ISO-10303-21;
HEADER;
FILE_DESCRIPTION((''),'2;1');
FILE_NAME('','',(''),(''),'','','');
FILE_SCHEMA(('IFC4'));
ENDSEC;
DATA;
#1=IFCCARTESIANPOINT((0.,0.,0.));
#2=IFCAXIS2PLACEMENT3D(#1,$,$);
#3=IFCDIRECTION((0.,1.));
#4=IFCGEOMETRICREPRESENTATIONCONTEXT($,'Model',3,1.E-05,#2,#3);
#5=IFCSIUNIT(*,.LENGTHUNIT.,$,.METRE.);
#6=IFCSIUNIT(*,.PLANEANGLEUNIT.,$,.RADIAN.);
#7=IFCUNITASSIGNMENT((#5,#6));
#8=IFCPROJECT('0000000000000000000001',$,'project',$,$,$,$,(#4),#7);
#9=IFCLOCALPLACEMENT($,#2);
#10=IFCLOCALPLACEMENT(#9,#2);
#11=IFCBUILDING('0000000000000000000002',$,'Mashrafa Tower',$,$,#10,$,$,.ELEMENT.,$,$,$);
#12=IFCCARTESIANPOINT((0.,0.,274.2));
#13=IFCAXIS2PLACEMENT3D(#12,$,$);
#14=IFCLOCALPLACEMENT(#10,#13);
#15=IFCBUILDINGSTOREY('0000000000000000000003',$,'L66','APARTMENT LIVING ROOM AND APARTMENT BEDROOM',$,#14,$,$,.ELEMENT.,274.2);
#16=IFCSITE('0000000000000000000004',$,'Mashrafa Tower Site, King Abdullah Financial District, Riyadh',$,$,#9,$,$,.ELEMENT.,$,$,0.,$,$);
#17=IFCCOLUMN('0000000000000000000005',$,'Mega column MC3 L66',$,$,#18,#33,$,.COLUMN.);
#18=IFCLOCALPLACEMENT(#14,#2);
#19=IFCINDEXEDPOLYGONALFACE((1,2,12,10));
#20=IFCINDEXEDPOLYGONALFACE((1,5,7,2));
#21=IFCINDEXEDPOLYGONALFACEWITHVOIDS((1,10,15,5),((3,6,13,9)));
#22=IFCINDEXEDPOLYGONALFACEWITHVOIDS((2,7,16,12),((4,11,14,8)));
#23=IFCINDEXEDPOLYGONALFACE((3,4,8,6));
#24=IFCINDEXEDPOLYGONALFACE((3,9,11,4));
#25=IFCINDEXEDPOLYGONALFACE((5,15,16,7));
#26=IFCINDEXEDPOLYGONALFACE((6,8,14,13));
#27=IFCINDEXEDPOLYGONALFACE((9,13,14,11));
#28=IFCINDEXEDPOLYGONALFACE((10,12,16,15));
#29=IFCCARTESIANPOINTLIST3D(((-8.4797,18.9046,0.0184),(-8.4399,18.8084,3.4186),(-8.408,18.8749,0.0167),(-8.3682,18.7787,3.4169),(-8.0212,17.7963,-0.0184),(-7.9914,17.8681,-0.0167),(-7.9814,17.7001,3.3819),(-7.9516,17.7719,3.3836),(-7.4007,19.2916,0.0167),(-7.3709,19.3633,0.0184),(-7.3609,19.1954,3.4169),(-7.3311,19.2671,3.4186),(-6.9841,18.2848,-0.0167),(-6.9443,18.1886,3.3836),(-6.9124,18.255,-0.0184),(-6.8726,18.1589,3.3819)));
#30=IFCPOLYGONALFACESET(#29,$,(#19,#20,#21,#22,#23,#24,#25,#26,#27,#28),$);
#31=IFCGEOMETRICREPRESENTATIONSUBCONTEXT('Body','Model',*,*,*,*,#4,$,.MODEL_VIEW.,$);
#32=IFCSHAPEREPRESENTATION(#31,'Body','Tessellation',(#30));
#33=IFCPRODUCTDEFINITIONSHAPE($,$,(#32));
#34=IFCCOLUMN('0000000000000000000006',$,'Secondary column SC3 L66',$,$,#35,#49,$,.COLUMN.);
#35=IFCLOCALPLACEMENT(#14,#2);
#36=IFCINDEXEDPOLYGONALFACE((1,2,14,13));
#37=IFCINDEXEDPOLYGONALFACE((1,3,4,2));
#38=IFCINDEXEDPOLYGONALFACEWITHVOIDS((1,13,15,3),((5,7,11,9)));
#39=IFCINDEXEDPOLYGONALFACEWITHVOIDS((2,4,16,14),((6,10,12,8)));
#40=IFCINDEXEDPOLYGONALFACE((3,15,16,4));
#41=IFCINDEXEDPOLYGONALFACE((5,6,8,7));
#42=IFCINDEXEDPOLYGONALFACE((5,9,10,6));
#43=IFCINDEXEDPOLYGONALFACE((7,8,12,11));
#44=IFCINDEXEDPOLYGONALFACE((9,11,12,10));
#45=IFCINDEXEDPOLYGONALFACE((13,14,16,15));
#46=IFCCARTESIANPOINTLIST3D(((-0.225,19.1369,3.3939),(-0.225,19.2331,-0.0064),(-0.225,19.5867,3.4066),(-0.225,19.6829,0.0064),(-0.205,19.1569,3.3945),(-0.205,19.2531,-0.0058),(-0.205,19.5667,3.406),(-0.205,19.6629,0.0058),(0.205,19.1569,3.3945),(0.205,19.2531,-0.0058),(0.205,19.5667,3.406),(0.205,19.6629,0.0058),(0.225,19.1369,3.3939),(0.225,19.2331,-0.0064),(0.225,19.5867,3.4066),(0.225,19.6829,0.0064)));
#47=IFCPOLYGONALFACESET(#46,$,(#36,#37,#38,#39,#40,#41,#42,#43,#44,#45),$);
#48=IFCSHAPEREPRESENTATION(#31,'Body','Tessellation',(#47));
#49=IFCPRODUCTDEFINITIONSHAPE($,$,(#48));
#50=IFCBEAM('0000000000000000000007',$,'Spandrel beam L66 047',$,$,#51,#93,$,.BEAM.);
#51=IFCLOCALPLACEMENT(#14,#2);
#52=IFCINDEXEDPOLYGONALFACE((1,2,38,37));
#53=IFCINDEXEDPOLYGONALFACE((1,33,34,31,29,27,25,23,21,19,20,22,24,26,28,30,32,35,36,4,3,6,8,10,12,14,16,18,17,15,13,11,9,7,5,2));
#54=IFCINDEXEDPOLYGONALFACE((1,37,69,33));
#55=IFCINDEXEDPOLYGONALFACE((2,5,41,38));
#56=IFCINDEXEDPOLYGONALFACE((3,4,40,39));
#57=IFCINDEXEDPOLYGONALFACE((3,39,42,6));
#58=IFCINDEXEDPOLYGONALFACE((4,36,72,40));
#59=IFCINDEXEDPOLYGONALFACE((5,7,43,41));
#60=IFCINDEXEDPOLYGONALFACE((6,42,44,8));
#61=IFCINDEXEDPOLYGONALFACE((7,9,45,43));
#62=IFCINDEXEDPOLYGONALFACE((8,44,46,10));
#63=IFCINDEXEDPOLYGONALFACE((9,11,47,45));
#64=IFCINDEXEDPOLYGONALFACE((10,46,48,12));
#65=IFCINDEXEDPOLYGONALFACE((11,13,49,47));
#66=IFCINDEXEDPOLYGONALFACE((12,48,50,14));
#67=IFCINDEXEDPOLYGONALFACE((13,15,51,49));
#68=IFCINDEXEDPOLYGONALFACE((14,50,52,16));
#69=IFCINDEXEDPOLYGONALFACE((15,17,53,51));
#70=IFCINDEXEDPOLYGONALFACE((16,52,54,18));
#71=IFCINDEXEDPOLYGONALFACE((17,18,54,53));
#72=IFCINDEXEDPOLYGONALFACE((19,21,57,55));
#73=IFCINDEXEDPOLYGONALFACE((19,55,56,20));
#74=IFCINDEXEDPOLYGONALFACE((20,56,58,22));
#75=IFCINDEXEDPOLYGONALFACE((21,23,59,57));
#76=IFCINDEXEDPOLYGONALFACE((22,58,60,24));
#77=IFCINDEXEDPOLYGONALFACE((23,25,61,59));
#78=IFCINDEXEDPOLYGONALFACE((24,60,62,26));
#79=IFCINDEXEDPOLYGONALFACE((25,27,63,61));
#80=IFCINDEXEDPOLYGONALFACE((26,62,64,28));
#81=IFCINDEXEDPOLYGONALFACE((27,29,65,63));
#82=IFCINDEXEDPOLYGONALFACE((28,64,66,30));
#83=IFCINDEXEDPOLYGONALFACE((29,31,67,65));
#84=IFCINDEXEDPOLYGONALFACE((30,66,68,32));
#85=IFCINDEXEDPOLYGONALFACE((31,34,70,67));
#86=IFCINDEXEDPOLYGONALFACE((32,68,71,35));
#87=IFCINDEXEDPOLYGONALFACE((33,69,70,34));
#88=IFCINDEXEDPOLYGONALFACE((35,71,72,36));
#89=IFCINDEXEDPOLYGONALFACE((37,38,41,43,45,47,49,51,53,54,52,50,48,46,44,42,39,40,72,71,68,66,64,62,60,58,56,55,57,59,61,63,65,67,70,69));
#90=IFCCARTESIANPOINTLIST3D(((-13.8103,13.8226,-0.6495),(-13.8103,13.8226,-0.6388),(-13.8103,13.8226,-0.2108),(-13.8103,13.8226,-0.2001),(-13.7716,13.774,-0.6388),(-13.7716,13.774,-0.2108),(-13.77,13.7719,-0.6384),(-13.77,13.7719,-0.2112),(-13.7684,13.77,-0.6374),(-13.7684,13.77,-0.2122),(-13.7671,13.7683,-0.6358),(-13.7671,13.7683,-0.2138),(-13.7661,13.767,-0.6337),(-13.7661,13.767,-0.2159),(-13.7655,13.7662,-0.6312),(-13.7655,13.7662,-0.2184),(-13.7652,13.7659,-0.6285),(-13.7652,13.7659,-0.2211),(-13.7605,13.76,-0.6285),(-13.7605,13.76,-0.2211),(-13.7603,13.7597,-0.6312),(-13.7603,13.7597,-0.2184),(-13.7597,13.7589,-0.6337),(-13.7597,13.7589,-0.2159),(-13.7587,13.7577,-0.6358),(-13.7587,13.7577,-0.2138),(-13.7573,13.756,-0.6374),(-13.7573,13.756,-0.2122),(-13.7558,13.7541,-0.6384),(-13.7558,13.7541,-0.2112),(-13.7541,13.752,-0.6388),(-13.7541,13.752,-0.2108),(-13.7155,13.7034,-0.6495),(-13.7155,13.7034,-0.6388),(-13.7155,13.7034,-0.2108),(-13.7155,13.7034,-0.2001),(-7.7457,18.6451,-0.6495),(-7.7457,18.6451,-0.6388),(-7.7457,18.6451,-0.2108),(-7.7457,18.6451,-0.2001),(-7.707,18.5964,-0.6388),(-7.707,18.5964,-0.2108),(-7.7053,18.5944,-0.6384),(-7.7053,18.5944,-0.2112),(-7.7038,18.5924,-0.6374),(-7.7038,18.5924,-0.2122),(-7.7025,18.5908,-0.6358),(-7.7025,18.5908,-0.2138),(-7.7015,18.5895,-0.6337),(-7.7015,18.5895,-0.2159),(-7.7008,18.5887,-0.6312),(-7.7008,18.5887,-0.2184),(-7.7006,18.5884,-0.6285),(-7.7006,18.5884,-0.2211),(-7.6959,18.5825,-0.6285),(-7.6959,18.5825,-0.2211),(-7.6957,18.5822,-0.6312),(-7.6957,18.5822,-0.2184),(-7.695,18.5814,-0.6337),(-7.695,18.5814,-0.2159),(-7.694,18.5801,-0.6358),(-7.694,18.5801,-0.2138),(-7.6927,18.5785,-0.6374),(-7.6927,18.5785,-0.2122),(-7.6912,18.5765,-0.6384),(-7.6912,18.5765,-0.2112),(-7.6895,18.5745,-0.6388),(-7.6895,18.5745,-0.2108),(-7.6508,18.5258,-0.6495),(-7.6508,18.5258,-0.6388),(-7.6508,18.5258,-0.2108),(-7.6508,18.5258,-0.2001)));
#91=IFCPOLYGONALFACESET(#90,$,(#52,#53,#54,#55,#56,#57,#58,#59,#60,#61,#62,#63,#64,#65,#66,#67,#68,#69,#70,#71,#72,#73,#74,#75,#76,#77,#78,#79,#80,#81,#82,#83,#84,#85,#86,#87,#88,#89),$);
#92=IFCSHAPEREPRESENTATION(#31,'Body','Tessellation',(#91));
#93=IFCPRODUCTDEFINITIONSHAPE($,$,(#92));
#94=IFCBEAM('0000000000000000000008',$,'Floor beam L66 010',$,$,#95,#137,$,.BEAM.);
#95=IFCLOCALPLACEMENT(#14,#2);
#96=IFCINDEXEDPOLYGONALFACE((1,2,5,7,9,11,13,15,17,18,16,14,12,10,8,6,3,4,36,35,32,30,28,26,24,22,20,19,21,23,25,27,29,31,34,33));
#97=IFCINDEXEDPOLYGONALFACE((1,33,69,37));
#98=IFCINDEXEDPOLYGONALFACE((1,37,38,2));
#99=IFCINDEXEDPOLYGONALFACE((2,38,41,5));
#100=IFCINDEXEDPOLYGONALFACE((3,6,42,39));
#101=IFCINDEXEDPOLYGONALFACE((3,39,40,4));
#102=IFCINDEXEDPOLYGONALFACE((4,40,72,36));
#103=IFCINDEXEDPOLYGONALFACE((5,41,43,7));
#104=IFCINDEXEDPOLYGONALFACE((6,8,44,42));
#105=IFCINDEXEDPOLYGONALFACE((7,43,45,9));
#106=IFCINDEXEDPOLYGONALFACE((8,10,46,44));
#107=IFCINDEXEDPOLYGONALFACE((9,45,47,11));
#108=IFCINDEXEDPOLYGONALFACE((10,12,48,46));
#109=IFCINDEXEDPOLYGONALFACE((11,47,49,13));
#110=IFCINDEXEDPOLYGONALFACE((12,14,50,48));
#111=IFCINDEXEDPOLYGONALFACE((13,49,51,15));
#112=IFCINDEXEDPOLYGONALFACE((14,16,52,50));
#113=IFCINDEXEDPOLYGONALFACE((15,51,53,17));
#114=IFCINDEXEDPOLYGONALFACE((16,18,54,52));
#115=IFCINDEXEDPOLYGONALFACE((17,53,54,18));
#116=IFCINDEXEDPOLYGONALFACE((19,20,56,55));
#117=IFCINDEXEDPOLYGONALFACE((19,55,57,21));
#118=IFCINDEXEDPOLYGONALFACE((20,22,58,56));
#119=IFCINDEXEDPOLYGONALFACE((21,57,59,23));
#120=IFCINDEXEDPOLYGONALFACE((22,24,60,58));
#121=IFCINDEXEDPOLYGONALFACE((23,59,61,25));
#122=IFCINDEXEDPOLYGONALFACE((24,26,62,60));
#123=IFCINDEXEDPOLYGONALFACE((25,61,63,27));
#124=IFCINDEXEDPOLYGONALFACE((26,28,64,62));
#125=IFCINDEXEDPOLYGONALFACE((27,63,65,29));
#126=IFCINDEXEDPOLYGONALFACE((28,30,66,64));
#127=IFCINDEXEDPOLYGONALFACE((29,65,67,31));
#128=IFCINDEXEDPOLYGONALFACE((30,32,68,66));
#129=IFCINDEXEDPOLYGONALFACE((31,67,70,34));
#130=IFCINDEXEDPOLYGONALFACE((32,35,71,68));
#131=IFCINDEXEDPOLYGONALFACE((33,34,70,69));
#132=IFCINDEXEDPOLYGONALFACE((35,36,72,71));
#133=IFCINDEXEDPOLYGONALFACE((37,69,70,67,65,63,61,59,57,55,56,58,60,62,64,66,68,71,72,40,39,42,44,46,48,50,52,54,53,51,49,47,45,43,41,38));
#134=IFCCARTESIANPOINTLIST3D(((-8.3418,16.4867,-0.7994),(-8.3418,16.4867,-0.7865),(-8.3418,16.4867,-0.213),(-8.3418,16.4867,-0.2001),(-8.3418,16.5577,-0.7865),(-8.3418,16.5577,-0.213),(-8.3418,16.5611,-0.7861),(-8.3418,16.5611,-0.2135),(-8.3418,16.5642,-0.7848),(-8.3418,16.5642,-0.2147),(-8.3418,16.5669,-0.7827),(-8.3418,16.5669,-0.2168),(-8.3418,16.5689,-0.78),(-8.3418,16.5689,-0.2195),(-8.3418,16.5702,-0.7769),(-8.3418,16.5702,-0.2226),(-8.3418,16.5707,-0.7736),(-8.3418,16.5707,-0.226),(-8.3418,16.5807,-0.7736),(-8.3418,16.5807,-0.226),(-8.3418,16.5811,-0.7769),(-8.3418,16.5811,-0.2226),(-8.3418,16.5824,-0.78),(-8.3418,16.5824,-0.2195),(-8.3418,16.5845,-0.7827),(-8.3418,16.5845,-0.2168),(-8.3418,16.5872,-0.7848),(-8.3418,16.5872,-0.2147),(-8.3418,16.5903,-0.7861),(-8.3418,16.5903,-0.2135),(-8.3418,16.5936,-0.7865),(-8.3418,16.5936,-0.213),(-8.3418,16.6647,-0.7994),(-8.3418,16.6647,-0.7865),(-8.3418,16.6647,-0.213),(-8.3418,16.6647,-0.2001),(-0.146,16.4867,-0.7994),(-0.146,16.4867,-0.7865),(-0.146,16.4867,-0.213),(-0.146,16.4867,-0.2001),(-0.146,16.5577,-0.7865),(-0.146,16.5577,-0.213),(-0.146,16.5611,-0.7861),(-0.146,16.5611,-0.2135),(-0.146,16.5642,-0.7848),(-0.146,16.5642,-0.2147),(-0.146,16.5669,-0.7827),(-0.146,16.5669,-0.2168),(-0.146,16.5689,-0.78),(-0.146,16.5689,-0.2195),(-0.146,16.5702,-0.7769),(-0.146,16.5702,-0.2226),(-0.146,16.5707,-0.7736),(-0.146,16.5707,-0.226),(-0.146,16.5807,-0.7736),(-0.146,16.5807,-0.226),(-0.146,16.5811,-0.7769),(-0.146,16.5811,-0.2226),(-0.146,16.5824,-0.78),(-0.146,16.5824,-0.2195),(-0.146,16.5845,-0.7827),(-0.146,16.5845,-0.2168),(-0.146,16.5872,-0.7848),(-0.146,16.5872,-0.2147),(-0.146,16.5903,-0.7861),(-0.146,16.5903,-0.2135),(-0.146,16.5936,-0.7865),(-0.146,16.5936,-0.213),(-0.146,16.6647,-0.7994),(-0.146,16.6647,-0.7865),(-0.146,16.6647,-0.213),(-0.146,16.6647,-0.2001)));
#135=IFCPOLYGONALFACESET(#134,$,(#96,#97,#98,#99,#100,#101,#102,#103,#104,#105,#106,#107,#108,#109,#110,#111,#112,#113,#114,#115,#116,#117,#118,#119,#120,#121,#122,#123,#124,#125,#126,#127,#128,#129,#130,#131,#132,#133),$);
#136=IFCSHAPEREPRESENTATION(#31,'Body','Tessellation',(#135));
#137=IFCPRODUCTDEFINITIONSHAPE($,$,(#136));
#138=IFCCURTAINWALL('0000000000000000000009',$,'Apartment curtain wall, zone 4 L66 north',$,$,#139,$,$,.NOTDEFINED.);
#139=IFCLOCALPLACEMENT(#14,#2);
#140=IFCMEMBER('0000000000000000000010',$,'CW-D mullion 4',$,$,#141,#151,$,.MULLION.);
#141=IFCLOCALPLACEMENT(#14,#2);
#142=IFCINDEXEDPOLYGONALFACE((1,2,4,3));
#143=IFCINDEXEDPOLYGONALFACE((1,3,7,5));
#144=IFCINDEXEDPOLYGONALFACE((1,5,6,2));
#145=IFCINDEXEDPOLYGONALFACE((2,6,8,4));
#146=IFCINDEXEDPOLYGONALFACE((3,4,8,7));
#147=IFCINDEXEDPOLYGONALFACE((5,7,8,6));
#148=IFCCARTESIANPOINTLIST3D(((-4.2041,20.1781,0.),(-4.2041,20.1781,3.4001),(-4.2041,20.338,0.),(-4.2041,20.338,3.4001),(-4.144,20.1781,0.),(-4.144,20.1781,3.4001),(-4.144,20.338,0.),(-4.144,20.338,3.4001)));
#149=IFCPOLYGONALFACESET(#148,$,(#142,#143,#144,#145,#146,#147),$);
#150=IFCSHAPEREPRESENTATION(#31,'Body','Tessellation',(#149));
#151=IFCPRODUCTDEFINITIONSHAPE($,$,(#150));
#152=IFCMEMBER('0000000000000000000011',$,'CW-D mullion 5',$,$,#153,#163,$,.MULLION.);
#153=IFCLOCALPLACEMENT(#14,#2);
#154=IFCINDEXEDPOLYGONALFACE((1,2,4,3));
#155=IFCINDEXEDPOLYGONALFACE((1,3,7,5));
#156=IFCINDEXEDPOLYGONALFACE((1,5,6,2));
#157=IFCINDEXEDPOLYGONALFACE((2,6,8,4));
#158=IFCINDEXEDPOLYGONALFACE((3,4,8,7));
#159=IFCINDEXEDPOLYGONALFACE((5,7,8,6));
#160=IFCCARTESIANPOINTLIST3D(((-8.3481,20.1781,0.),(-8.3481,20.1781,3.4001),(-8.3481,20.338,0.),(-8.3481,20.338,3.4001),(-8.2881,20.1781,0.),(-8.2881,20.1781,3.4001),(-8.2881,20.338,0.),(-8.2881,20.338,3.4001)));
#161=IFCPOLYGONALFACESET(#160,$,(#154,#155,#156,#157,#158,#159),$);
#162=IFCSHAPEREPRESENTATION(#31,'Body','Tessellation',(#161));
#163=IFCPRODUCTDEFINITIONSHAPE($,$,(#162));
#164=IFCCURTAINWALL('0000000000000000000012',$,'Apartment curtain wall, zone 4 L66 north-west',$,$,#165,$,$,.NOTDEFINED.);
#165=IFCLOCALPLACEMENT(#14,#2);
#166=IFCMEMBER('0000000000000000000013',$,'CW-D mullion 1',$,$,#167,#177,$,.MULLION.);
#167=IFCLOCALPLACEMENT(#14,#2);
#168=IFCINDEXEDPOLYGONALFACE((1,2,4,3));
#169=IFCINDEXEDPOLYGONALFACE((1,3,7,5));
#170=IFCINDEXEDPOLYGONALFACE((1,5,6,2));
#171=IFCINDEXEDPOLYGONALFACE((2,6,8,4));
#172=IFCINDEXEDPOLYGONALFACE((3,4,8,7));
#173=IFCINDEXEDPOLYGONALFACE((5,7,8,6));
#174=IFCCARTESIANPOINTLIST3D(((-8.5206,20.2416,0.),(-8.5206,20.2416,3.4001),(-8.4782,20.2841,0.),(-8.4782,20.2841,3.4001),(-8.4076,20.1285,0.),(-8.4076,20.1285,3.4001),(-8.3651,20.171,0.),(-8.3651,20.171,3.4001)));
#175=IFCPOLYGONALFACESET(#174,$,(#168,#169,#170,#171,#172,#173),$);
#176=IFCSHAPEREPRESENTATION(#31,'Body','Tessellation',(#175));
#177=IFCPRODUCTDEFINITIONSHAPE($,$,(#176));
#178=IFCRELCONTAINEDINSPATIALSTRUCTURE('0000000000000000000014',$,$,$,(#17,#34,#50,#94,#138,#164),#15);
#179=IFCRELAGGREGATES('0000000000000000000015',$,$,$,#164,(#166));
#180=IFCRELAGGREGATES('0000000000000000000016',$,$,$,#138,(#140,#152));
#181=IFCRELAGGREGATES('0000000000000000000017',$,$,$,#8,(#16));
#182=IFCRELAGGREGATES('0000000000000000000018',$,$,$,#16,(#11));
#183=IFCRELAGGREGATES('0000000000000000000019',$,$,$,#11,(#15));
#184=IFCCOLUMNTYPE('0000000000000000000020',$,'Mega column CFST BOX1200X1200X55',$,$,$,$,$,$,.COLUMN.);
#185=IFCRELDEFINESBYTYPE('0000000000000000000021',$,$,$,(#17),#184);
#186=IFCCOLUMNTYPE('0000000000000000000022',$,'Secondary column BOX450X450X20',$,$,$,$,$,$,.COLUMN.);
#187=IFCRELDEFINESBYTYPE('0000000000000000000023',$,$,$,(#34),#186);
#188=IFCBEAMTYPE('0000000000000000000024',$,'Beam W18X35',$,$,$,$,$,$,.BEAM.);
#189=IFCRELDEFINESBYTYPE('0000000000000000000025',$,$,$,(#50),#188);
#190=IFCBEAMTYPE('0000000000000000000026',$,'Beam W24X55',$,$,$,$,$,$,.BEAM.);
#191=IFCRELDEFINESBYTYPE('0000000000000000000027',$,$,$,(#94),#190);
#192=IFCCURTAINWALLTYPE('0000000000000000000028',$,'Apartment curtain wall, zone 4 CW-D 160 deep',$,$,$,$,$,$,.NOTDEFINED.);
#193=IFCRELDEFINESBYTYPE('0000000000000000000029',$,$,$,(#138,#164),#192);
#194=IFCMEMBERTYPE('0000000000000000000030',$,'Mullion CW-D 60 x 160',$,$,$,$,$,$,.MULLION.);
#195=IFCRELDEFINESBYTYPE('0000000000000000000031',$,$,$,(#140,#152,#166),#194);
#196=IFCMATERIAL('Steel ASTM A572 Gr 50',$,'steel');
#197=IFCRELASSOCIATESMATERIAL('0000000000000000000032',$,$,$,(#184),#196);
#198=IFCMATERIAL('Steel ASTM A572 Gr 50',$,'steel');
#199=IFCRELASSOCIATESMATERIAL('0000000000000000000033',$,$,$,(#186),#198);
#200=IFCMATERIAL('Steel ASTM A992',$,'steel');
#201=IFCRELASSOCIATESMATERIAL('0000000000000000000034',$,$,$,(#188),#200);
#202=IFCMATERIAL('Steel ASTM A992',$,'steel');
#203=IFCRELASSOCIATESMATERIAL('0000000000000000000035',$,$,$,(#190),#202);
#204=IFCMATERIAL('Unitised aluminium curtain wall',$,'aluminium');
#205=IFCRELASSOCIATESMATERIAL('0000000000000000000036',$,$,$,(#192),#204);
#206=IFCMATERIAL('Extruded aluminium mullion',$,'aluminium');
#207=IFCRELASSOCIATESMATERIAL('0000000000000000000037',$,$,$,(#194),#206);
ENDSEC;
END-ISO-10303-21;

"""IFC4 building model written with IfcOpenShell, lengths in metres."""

from ifc_helpers import new_model, si_unit, direction, frame, origin, origin_2d, place, context, subcontext, project, spatial, rectangle, hollow_rectangle, i_section, extrude, source, transform, mapped, material, material_profile, profile_set, type_object, type_shapes, element, aggregate, save


model = new_model("IFC4")

# Units and contexts
model_context = context("Model", 3, precision=1e-05, world=origin(), true_north=direction((0.0, 1.0)))
body_context = subcontext(model_context, "Body", "Model", "MODEL_VIEW")
ifc_project = project(units=[si_unit("LENGTHUNIT", "METRE"), si_unit("PLANEANGLEUNIT", "RADIAN")], contexts=[model_context])

# Site, building, storey
site_placement = place(None, origin())
site = spatial("IfcSite", under=ifc_project, at=site_placement, Name="Mashrafa Tower Site, King Abdullah Financial District, Riyadh", CompositionType="ELEMENT", RefElevation=0.0)
building_placement = place(site_placement, origin())
building = spatial("IfcBuilding", under=site, at=building_placement, Name="Mashrafa Tower", CompositionType="ELEMENT")
storey_placement = place(building_placement, frame((0.0, 0.0, 274.2)))
storey = spatial("IfcBuildingStorey", under=building, at=storey_placement, Name="L66", Description="APARTMENT LIVING ROOM AND APARTMENT BEDROOM", CompositionType="ELEMENT", Elevation=274.2)

# Columns
ifc_material_1 = material(Name="Steel ASTM A572 Gr 50", Category="steel")
ifc_material_profile_1 = material_profile(ifc_material_1, hollow_rectangle(XDim=1.2, YDim=1.2, WallThickness=0.0549, at=origin_2d()), Name="BOX1200X1200X55")
ifc_profile_set_1 = profile_set([ifc_material_profile_1], Name="Steel ASTM A572 Gr 50")
column_type_1 = type_object("IfcColumnType", Name="Mega column CFST BOX1200X1200X55", PredefinedType="COLUMN", material=ifc_profile_set_1)
column_1_placement = place(storey_placement, frame((-7.696, 18.5798, 0.0), z_axis=(0.011698, -0.028277, 0.999532), x_axis=(0.924045, 0.382283, 0.0)))
element("IfcColumn", 1, at=column_1_placement, inside=storey, type_object=column_type_1, Name="Mega column MC3 L66", PredefinedType="COLUMN", context=body_context, shape_type="SweptSolid", body=[
    extrude(hollow_rectangle(XDim=1.2, YDim=1.2, WallThickness=0.0549, at=origin_2d()), origin(), (0.0, 0.0, 1.0), 3.4019),
])
ifc_material_2 = material(Name="Steel ASTM A572 Gr 50", Category="steel")
ifc_material_profile_2 = material_profile(ifc_material_2, hollow_rectangle(XDim=0.45, YDim=0.45, WallThickness=0.02, at=origin_2d()), Name="BOX450X450X20")
ifc_profile_set_2 = profile_set([ifc_material_profile_2], Name="Steel ASTM A572 Gr 50")
column_type_2 = type_object("IfcColumnType", Name="Secondary column BOX450X450X20", PredefinedType="COLUMN", material=ifc_profile_set_2)
column_2_placement = place(storey_placement, frame((0.0, 19.458, 0.0), z_axis=(0.0, -0.028279, 0.9996), x_axis=(1.0, 0.0, 0.0)))
element("IfcColumn", 2, at=column_2_placement, inside=storey, type_object=column_type_2, Name="Secondary column SC3 L66", PredefinedType="COLUMN", context=body_context, shape_type="SweptSolid", body=[
    extrude(hollow_rectangle(XDim=0.45, YDim=0.45, WallThickness=0.02, at=origin_2d()), origin(), (0.0, 0.0, 1.0), 3.4016),
])

# Beams
ifc_material_3 = material(Name="Steel ASTM A992", Category="steel")
ifc_material_profile_3 = material_profile(ifc_material_3, i_section(OverallWidth=0.1523, OverallDepth=0.4495, WebThickness=0.0076, FlangeThickness=0.0107, FilletRadius=0.0103, at=origin_2d()), Name="W18X35")
ifc_profile_set_3 = profile_set([ifc_material_profile_3], Name="Steel ASTM A992")
beam_type_1 = type_object("IfcBeamType", Name="Beam W18X35", PredefinedType="BEAM", material=ifc_profile_set_3)
beam_1_placement = place(storey_placement, frame((-7.6982, 18.5854, -0.4248), z_axis=(-0.782707, -0.622391, 0.0), x_axis=(0.622391, -0.782707, 0.0)))
element("IfcBeam", 3, at=beam_1_placement, inside=storey, type_object=beam_type_1, Name="Spandrel beam L66 047", PredefinedType="BEAM", context=body_context, shape_type="SweptSolid", body=[
    extrude(i_section(OverallWidth=0.1523, OverallDepth=0.4495, WebThickness=0.0076, FlangeThickness=0.0107, FilletRadius=0.0103, at=origin_2d()), origin(), (0.0, 0.0, 1.0), 7.7483),
])
ifc_material_4 = material(Name="Steel ASTM A992", Category="steel")
ifc_material_profile_4 = material_profile(ifc_material_4, i_section(OverallWidth=0.178, OverallDepth=0.5994, WebThickness=0.01, FlangeThickness=0.0129, FilletRadius=0.0129, at=origin_2d()), Name="W24X55")
ifc_profile_set_4 = profile_set([ifc_material_profile_4], Name="Steel ASTM A992")
beam_type_2 = type_object("IfcBeamType", Name="Beam W24X55", PredefinedType="BEAM", material=ifc_profile_set_4)
beam_2_placement = place(storey_placement, frame((-8.3418, 16.5757, -0.4998), z_axis=(1.0, 0.0, 0.0), x_axis=(0.0, 1.0, 0.0)))
element("IfcBeam", 4, at=beam_2_placement, inside=storey, type_object=beam_type_2, Name="Floor beam L66 010", PredefinedType="BEAM", context=body_context, shape_type="SweptSolid", body=[
    extrude(i_section(OverallWidth=0.178, OverallDepth=0.5994, WebThickness=0.01, FlangeThickness=0.0129, FilletRadius=0.0129, at=origin_2d()), origin(), (0.0, 0.0, 1.0), 8.1958),
])

# Curtain wall, members
ifc_material_5 = material(Name="Unitised aluminium curtain wall", Category="aluminium")
curtain_wall_type = type_object("IfcCurtainWallType", Name="Apartment curtain wall, zone 4 CW-D 160 deep", PredefinedType="NOTDEFINED", material=ifc_material_5)
curtain_wall_1_placement = place(storey_placement, origin())
curtain_wall_1 = element("IfcCurtainWall", 5, at=curtain_wall_1_placement, inside=storey, type_object=curtain_wall_type, Name="Apartment curtain wall, zone 4 L66 north", PredefinedType="NOTDEFINED")
ifc_material_6 = material(Name="Extruded aluminium mullion", Category="aluminium")
ifc_material_profile_5 = material_profile(ifc_material_6, rectangle(XDim=0.1599, YDim=0.0601, at=origin_2d()), Name="Mullion 60x160")
ifc_profile_set_5 = profile_set([ifc_material_profile_5], Name="Extruded aluminium mullion")
member_type_1 = type_object("IfcMemberType", Name="Mullion CW-D 60 x 160", PredefinedType="MULLION", material=ifc_profile_set_5)
shared_shape_1 = source(origin(), body_context, "Body", "SweptSolid", [
    extrude(rectangle(XDim=0.1599, YDim=0.0601, at=origin_2d()), origin(), (0.0, 0.0, 1.0), 3.4001),
])
type_shapes(member_type_1, [shared_shape_1])
member_1_placement = place(storey_placement, frame((-4.1741, 20.2581, 0.0), z_axis=(0.0, 0.0, 1.0), x_axis=(0.0, -1.0, 0.0)))
member_1 = element("IfcMember", 6, at=member_1_placement, type_object=member_type_1, Name="CW-D mullion 4", PredefinedType="MULLION", context=body_context, shape_type="MappedRepresentation", body=[
    mapped(shared_shape_1, transform((0.0, 0.0, 0.0))),
])
member_2_placement = place(storey_placement, frame((-8.3181, 20.2581, 0.0), z_axis=(0.0, 0.0, 1.0), x_axis=(0.0, -1.0, 0.0)))
member_2 = element("IfcMember", 7, at=member_2_placement, type_object=member_type_1, Name="CW-D mullion 5", PredefinedType="MULLION", context=body_context, shape_type="MappedRepresentation", body=[
    mapped(shared_shape_1, transform((0.0, 0.0, 0.0))),
])

# Curtain wall, member
curtain_wall_2_placement = place(storey_placement, origin())
curtain_wall_2 = element("IfcCurtainWall", 8, at=curtain_wall_2_placement, inside=storey, type_object=curtain_wall_type, Name="Apartment curtain wall, zone 4 L66 north-west", PredefinedType="NOTDEFINED")
member_3_placement = place(storey_placement, frame((-8.4429, 20.2063, 0.0), z_axis=(0.0, 0.0, 1.0), x_axis=(0.707107, -0.707107, 0.0)))
member_3 = element("IfcMember", 9, at=member_3_placement, type_object=member_type_1, Name="CW-D mullion 1", PredefinedType="MULLION", context=body_context, shape_type="MappedRepresentation", body=[
    mapped(shared_shape_1, transform((0.0, 0.0, 0.0))),
])

aggregate(curtain_wall_2, [member_3])
aggregate(curtain_wall_1, [member_1, member_2])

save(model, "model.ifc")
